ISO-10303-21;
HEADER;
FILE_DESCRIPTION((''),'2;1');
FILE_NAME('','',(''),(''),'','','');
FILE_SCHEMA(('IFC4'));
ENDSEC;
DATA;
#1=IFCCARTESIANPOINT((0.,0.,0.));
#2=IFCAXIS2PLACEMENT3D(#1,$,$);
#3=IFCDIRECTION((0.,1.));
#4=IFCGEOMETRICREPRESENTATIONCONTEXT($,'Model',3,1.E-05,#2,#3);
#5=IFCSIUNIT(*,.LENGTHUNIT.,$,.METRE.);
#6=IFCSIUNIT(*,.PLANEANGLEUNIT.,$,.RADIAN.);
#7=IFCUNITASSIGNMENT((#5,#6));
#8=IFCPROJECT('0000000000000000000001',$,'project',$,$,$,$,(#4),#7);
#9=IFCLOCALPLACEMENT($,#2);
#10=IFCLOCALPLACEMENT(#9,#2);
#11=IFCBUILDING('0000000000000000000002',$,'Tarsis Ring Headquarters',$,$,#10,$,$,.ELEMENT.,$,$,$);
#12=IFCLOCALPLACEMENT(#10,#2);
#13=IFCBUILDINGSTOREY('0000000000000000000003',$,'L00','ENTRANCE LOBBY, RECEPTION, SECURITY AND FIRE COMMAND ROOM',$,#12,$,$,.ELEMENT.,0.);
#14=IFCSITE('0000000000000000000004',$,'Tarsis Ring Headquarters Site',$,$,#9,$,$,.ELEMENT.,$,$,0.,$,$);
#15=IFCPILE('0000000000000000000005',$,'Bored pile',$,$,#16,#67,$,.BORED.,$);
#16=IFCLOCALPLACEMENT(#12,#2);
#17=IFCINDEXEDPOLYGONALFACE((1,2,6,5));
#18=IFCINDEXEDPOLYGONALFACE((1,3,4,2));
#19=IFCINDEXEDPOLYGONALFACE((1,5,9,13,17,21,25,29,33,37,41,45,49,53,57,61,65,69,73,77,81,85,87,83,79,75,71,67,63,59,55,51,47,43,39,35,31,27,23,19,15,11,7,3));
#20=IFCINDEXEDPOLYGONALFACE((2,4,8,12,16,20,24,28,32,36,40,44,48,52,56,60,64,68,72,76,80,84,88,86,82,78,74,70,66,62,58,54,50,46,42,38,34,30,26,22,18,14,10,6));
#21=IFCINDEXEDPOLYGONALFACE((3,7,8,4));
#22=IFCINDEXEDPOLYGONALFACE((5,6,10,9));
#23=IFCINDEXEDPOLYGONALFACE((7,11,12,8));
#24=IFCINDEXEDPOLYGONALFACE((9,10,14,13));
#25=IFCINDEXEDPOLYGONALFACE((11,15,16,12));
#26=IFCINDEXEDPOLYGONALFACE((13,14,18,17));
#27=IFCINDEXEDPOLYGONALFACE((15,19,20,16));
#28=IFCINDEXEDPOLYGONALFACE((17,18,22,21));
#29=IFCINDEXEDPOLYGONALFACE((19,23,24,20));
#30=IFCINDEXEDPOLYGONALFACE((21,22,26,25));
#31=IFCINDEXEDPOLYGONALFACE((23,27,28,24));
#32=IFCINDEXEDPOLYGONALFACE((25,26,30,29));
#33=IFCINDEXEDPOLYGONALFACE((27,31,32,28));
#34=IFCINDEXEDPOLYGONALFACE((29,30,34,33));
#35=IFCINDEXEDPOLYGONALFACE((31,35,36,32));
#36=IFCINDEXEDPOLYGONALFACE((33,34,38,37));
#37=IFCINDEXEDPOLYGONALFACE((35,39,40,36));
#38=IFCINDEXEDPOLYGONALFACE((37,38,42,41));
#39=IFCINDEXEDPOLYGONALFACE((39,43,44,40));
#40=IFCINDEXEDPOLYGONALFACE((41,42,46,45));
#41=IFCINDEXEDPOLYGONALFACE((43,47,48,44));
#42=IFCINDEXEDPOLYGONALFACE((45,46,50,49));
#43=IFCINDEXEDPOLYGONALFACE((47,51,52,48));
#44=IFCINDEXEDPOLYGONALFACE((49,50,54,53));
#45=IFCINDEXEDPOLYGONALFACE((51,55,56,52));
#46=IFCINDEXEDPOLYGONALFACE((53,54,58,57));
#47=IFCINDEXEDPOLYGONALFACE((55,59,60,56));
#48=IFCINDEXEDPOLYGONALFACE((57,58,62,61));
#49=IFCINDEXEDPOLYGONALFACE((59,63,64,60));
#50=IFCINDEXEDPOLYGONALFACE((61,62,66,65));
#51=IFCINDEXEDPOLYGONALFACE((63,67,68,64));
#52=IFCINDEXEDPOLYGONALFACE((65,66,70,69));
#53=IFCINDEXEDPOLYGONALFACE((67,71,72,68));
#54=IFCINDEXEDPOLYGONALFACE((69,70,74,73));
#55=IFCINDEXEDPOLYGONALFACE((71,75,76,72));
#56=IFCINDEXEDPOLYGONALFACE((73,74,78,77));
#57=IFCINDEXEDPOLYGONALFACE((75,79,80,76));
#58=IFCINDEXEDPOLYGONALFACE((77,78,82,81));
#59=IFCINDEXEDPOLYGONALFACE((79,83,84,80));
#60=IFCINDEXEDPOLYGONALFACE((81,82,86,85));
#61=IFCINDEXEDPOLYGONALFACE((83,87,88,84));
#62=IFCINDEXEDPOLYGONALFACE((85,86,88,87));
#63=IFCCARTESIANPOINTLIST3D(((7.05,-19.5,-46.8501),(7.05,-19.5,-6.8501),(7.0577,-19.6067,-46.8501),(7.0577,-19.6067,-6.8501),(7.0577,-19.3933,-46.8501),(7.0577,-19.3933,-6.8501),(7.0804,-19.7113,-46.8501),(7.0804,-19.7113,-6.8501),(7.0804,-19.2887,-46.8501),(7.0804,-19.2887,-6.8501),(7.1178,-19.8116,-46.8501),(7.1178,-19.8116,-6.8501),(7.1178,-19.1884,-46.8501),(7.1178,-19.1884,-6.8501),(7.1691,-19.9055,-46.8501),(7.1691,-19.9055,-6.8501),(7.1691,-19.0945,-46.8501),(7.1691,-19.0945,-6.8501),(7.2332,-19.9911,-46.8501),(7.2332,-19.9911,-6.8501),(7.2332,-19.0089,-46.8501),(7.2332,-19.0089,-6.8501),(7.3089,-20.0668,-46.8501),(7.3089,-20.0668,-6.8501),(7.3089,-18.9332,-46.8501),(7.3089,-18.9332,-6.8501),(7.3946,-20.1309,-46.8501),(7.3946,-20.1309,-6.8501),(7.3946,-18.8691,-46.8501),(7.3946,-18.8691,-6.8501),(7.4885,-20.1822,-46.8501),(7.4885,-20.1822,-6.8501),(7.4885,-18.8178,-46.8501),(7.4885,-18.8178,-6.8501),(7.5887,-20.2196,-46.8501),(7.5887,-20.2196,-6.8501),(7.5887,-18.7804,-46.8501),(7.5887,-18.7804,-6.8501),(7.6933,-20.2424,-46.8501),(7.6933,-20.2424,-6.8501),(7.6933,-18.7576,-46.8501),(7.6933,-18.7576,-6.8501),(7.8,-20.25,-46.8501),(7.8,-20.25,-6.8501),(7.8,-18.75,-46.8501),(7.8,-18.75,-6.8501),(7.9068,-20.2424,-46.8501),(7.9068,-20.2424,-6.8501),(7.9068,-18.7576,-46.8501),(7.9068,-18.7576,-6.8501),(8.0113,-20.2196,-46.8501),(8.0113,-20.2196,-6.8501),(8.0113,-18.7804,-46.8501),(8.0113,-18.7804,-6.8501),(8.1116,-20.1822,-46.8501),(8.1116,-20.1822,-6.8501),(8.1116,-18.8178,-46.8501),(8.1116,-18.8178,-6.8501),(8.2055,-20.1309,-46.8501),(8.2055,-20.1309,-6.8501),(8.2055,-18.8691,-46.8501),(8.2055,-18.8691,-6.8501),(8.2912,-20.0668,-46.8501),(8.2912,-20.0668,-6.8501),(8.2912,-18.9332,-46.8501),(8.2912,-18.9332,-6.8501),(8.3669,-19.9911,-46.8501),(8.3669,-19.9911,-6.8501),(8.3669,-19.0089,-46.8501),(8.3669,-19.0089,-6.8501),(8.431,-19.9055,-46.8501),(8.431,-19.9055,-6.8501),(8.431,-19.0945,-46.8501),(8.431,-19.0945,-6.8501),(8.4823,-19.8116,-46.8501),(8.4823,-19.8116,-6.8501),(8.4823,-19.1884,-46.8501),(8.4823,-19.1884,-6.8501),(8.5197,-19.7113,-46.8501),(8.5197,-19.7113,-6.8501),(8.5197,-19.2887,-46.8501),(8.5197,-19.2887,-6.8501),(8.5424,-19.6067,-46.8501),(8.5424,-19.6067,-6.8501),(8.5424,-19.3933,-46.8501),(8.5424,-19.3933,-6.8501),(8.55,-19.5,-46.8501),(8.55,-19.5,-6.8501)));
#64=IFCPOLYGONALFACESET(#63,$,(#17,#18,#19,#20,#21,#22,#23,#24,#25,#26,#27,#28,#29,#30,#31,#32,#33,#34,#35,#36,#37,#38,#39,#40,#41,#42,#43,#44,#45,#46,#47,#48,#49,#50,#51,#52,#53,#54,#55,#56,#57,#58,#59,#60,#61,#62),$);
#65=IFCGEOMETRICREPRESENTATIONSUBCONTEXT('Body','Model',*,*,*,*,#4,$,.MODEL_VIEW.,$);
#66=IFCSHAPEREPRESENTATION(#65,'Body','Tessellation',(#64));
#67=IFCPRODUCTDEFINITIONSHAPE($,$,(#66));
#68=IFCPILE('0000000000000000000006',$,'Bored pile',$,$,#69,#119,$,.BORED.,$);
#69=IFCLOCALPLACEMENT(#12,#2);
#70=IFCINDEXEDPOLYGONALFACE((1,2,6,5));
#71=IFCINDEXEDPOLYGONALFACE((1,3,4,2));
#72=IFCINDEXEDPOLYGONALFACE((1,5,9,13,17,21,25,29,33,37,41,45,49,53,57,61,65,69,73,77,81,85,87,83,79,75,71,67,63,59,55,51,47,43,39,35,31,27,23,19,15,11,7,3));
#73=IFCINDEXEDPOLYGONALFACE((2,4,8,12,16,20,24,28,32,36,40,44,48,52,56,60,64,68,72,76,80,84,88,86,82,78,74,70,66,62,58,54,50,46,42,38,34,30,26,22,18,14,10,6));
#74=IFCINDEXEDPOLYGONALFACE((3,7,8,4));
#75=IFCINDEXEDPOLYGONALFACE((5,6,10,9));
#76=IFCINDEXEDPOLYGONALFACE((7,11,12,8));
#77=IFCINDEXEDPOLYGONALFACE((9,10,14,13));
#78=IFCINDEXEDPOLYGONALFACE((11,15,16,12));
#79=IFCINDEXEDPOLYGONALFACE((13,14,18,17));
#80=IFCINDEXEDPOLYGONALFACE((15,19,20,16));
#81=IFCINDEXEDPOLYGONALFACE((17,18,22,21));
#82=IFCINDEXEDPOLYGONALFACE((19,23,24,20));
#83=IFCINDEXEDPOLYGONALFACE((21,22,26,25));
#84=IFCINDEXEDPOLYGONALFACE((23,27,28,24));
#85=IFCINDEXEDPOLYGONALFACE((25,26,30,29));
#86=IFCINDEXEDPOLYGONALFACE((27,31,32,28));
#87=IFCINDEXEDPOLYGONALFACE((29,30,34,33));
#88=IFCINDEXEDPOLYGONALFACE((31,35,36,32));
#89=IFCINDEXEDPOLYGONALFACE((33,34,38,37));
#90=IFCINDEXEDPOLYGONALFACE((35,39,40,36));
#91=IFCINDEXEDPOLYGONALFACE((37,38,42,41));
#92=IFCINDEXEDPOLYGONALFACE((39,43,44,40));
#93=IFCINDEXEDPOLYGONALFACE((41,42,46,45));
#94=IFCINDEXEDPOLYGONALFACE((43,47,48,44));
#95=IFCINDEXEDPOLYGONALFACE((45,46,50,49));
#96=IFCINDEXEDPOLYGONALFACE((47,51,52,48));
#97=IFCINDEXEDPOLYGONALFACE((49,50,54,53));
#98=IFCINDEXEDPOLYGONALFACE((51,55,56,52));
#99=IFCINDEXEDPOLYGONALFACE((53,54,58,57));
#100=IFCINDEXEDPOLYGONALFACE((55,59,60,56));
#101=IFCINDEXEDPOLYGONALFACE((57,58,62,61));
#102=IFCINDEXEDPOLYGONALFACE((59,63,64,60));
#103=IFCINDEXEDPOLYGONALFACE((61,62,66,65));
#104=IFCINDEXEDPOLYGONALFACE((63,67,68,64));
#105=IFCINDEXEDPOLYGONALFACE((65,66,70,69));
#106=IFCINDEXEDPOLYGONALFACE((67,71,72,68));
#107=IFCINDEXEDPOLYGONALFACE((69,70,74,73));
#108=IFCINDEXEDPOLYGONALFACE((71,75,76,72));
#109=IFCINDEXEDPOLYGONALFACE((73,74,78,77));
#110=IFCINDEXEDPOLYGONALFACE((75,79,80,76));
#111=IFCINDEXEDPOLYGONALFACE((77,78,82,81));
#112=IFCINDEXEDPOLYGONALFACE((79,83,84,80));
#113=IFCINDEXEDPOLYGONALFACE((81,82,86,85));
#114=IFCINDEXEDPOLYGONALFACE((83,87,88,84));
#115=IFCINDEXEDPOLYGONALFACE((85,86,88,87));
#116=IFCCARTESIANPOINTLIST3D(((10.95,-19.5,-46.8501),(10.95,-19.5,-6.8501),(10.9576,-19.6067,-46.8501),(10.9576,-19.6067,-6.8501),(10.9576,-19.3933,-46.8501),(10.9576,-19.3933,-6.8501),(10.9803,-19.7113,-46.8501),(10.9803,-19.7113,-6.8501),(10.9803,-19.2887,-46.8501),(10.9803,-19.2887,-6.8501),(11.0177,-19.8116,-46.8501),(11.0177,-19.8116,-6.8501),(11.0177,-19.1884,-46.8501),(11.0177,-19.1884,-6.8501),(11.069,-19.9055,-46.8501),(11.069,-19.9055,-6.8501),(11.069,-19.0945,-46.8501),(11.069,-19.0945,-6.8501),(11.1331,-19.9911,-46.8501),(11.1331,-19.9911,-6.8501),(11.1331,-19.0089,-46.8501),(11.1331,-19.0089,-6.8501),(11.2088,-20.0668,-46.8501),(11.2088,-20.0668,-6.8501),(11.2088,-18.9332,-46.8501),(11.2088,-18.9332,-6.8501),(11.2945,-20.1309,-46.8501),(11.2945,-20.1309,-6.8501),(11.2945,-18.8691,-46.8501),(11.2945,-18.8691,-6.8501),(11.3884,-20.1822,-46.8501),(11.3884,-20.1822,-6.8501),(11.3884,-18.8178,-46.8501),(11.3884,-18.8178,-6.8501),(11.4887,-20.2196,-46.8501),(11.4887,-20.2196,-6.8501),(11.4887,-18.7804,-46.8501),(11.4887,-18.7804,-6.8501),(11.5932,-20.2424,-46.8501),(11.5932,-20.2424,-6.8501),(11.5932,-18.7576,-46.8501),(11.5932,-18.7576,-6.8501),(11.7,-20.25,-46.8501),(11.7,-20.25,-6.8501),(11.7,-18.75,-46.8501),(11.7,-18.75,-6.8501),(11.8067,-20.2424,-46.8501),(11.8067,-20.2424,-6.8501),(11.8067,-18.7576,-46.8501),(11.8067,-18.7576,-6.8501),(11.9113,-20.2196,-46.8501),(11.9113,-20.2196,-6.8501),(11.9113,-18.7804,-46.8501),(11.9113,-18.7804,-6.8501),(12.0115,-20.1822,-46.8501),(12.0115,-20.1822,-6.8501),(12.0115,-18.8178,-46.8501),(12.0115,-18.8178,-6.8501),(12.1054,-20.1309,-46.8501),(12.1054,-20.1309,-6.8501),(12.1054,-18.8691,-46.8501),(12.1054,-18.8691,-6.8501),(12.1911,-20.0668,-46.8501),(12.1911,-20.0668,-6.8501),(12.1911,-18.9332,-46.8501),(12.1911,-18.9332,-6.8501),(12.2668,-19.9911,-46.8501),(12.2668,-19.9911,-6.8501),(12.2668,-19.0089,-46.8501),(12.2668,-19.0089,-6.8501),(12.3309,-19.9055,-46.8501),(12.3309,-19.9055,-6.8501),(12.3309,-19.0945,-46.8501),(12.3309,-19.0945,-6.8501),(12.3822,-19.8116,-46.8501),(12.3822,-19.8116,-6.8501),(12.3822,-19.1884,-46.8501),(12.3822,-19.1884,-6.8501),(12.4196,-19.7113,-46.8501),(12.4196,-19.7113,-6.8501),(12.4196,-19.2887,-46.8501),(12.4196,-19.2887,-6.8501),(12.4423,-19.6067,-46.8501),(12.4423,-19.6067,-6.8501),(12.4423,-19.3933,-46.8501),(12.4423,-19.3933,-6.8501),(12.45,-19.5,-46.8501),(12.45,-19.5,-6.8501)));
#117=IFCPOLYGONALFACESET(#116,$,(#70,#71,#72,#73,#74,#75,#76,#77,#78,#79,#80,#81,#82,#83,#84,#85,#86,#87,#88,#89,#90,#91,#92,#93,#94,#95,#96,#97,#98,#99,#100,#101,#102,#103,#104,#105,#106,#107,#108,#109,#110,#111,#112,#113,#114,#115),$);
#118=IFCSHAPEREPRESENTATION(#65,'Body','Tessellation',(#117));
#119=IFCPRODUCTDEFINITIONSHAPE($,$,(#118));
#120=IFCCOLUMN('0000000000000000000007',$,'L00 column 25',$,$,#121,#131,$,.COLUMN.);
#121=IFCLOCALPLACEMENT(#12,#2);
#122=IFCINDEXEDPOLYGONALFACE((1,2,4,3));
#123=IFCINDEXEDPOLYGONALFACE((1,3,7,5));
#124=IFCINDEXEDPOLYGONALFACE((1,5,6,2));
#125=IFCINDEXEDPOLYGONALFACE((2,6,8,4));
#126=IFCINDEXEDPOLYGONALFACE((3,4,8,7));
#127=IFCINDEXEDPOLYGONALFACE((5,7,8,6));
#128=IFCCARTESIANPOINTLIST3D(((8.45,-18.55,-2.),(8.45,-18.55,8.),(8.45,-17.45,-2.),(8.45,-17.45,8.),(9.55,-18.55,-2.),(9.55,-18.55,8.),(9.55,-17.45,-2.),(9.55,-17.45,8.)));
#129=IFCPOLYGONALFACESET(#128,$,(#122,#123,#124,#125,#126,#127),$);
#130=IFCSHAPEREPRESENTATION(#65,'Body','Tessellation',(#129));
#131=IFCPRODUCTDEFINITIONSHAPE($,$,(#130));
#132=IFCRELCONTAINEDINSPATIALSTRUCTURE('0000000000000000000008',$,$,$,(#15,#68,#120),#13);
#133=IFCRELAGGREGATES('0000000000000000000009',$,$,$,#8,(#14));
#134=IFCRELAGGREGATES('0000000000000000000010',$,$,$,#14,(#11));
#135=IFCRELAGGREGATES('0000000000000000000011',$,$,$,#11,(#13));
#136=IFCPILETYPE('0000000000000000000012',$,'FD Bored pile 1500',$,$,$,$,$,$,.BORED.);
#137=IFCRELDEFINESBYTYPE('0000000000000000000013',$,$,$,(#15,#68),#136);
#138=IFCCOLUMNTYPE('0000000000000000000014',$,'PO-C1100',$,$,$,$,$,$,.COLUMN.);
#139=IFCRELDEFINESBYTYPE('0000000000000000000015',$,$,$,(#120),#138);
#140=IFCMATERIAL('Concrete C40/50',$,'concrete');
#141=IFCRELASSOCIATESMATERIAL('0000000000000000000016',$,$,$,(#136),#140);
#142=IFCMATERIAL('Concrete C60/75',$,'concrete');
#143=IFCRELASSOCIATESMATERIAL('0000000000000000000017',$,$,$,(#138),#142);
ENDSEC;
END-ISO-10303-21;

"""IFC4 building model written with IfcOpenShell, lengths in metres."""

from ifc_helpers import new_model, si_unit, direction, frame, origin, origin_2d, place, context, subcontext, project, spatial, rectangle, circle, extrude, material, material_profile, profile_set, type_object, element, save


model = new_model("IFC4")

# Units and contexts
model_context = context("Model", 3, precision=1e-05, world=origin(), true_north=direction((0.0, 1.0)))
body_context = subcontext(model_context, "Body", "Model", "MODEL_VIEW")
ifc_project = project(units=[si_unit("LENGTHUNIT", "METRE"), si_unit("PLANEANGLEUNIT", "RADIAN")], contexts=[model_context])

# Site, building, storey
site_placement = place(None, origin())
site = spatial("IfcSite", under=ifc_project, at=site_placement, Name="Tarsis Ring Headquarters Site", CompositionType="ELEMENT", RefElevation=0.0)
building_placement = place(site_placement, origin())
building = spatial("IfcBuilding", under=site, at=building_placement, Name="Tarsis Ring Headquarters", CompositionType="ELEMENT")
storey_placement = place(building_placement, origin())
storey = spatial("IfcBuildingStorey", under=building, at=storey_placement, Name="L00", Description="ENTRANCE LOBBY, RECEPTION, SECURITY AND FIRE COMMAND ROOM", CompositionType="ELEMENT", Elevation=0.0)

# Piles
ifc_material_1 = material(Name="Concrete C40/50", Category="concrete")
ifc_material_profile_1 = material_profile(ifc_material_1, circle(Radius=0.75, at=origin_2d()), Name="BORED 1500")
ifc_profile_set_1 = profile_set([ifc_material_profile_1], Name="Concrete C40/50")
pile_type = type_object("IfcPileType", Name="FD Bored pile 1500", PredefinedType="BORED", material=ifc_profile_set_1)
for number, where, z_axis, x_axis, name in (
    (1, (7.8, -19.5, -6.8501), (0.0, 0.0, -1.0), (1.0, 0.0, 0.0), "Bored pile"),
    (2, (11.7, -19.5, -6.8501), (0.0, 0.0, -1.0), (1.0, 0.0, 0.0), "Bored pile"),
):
    element("IfcPile", number, at=place(storey_placement, frame(where, z_axis=z_axis, x_axis=x_axis)), inside=storey, type_object=pile_type, Name=name, PredefinedType="BORED", context=body_context, shape_type="SweptSolid", body=[
        extrude(circle(Radius=0.75, at=origin_2d()), origin(), (0.0, 0.0, 1.0), 40.0),
    ])

# Column
ifc_material_2 = material(Name="Concrete C60/75", Category="concrete")
ifc_material_profile_2 = material_profile(ifc_material_2, rectangle(XDim=1.1001, YDim=1.1001, at=origin_2d()), Name="PO-C1100")
ifc_profile_set_2 = profile_set([ifc_material_profile_2], Name="Concrete C60/75")
column_type_1 = type_object("IfcColumnType", Name="PO-C1100", PredefinedType="COLUMN", material=ifc_profile_set_2)
column_1_placement = place(storey_placement, frame((9.0, -18.0, -2.0), z_axis=(0.0, 0.0, 1.0), x_axis=(1.0, 0.0, 0.0)))
element("IfcColumn", 3, at=column_1_placement, inside=storey, type_object=column_type_1, Name="L00 column 25", PredefinedType="COLUMN", context=body_context, shape_type="SweptSolid", body=[
    extrude(rectangle(XDim=1.1001, YDim=1.1001, at=origin_2d()), origin(), (0.0, 0.0, 1.0), 10.0),
])

save(model, "model.ifc")
